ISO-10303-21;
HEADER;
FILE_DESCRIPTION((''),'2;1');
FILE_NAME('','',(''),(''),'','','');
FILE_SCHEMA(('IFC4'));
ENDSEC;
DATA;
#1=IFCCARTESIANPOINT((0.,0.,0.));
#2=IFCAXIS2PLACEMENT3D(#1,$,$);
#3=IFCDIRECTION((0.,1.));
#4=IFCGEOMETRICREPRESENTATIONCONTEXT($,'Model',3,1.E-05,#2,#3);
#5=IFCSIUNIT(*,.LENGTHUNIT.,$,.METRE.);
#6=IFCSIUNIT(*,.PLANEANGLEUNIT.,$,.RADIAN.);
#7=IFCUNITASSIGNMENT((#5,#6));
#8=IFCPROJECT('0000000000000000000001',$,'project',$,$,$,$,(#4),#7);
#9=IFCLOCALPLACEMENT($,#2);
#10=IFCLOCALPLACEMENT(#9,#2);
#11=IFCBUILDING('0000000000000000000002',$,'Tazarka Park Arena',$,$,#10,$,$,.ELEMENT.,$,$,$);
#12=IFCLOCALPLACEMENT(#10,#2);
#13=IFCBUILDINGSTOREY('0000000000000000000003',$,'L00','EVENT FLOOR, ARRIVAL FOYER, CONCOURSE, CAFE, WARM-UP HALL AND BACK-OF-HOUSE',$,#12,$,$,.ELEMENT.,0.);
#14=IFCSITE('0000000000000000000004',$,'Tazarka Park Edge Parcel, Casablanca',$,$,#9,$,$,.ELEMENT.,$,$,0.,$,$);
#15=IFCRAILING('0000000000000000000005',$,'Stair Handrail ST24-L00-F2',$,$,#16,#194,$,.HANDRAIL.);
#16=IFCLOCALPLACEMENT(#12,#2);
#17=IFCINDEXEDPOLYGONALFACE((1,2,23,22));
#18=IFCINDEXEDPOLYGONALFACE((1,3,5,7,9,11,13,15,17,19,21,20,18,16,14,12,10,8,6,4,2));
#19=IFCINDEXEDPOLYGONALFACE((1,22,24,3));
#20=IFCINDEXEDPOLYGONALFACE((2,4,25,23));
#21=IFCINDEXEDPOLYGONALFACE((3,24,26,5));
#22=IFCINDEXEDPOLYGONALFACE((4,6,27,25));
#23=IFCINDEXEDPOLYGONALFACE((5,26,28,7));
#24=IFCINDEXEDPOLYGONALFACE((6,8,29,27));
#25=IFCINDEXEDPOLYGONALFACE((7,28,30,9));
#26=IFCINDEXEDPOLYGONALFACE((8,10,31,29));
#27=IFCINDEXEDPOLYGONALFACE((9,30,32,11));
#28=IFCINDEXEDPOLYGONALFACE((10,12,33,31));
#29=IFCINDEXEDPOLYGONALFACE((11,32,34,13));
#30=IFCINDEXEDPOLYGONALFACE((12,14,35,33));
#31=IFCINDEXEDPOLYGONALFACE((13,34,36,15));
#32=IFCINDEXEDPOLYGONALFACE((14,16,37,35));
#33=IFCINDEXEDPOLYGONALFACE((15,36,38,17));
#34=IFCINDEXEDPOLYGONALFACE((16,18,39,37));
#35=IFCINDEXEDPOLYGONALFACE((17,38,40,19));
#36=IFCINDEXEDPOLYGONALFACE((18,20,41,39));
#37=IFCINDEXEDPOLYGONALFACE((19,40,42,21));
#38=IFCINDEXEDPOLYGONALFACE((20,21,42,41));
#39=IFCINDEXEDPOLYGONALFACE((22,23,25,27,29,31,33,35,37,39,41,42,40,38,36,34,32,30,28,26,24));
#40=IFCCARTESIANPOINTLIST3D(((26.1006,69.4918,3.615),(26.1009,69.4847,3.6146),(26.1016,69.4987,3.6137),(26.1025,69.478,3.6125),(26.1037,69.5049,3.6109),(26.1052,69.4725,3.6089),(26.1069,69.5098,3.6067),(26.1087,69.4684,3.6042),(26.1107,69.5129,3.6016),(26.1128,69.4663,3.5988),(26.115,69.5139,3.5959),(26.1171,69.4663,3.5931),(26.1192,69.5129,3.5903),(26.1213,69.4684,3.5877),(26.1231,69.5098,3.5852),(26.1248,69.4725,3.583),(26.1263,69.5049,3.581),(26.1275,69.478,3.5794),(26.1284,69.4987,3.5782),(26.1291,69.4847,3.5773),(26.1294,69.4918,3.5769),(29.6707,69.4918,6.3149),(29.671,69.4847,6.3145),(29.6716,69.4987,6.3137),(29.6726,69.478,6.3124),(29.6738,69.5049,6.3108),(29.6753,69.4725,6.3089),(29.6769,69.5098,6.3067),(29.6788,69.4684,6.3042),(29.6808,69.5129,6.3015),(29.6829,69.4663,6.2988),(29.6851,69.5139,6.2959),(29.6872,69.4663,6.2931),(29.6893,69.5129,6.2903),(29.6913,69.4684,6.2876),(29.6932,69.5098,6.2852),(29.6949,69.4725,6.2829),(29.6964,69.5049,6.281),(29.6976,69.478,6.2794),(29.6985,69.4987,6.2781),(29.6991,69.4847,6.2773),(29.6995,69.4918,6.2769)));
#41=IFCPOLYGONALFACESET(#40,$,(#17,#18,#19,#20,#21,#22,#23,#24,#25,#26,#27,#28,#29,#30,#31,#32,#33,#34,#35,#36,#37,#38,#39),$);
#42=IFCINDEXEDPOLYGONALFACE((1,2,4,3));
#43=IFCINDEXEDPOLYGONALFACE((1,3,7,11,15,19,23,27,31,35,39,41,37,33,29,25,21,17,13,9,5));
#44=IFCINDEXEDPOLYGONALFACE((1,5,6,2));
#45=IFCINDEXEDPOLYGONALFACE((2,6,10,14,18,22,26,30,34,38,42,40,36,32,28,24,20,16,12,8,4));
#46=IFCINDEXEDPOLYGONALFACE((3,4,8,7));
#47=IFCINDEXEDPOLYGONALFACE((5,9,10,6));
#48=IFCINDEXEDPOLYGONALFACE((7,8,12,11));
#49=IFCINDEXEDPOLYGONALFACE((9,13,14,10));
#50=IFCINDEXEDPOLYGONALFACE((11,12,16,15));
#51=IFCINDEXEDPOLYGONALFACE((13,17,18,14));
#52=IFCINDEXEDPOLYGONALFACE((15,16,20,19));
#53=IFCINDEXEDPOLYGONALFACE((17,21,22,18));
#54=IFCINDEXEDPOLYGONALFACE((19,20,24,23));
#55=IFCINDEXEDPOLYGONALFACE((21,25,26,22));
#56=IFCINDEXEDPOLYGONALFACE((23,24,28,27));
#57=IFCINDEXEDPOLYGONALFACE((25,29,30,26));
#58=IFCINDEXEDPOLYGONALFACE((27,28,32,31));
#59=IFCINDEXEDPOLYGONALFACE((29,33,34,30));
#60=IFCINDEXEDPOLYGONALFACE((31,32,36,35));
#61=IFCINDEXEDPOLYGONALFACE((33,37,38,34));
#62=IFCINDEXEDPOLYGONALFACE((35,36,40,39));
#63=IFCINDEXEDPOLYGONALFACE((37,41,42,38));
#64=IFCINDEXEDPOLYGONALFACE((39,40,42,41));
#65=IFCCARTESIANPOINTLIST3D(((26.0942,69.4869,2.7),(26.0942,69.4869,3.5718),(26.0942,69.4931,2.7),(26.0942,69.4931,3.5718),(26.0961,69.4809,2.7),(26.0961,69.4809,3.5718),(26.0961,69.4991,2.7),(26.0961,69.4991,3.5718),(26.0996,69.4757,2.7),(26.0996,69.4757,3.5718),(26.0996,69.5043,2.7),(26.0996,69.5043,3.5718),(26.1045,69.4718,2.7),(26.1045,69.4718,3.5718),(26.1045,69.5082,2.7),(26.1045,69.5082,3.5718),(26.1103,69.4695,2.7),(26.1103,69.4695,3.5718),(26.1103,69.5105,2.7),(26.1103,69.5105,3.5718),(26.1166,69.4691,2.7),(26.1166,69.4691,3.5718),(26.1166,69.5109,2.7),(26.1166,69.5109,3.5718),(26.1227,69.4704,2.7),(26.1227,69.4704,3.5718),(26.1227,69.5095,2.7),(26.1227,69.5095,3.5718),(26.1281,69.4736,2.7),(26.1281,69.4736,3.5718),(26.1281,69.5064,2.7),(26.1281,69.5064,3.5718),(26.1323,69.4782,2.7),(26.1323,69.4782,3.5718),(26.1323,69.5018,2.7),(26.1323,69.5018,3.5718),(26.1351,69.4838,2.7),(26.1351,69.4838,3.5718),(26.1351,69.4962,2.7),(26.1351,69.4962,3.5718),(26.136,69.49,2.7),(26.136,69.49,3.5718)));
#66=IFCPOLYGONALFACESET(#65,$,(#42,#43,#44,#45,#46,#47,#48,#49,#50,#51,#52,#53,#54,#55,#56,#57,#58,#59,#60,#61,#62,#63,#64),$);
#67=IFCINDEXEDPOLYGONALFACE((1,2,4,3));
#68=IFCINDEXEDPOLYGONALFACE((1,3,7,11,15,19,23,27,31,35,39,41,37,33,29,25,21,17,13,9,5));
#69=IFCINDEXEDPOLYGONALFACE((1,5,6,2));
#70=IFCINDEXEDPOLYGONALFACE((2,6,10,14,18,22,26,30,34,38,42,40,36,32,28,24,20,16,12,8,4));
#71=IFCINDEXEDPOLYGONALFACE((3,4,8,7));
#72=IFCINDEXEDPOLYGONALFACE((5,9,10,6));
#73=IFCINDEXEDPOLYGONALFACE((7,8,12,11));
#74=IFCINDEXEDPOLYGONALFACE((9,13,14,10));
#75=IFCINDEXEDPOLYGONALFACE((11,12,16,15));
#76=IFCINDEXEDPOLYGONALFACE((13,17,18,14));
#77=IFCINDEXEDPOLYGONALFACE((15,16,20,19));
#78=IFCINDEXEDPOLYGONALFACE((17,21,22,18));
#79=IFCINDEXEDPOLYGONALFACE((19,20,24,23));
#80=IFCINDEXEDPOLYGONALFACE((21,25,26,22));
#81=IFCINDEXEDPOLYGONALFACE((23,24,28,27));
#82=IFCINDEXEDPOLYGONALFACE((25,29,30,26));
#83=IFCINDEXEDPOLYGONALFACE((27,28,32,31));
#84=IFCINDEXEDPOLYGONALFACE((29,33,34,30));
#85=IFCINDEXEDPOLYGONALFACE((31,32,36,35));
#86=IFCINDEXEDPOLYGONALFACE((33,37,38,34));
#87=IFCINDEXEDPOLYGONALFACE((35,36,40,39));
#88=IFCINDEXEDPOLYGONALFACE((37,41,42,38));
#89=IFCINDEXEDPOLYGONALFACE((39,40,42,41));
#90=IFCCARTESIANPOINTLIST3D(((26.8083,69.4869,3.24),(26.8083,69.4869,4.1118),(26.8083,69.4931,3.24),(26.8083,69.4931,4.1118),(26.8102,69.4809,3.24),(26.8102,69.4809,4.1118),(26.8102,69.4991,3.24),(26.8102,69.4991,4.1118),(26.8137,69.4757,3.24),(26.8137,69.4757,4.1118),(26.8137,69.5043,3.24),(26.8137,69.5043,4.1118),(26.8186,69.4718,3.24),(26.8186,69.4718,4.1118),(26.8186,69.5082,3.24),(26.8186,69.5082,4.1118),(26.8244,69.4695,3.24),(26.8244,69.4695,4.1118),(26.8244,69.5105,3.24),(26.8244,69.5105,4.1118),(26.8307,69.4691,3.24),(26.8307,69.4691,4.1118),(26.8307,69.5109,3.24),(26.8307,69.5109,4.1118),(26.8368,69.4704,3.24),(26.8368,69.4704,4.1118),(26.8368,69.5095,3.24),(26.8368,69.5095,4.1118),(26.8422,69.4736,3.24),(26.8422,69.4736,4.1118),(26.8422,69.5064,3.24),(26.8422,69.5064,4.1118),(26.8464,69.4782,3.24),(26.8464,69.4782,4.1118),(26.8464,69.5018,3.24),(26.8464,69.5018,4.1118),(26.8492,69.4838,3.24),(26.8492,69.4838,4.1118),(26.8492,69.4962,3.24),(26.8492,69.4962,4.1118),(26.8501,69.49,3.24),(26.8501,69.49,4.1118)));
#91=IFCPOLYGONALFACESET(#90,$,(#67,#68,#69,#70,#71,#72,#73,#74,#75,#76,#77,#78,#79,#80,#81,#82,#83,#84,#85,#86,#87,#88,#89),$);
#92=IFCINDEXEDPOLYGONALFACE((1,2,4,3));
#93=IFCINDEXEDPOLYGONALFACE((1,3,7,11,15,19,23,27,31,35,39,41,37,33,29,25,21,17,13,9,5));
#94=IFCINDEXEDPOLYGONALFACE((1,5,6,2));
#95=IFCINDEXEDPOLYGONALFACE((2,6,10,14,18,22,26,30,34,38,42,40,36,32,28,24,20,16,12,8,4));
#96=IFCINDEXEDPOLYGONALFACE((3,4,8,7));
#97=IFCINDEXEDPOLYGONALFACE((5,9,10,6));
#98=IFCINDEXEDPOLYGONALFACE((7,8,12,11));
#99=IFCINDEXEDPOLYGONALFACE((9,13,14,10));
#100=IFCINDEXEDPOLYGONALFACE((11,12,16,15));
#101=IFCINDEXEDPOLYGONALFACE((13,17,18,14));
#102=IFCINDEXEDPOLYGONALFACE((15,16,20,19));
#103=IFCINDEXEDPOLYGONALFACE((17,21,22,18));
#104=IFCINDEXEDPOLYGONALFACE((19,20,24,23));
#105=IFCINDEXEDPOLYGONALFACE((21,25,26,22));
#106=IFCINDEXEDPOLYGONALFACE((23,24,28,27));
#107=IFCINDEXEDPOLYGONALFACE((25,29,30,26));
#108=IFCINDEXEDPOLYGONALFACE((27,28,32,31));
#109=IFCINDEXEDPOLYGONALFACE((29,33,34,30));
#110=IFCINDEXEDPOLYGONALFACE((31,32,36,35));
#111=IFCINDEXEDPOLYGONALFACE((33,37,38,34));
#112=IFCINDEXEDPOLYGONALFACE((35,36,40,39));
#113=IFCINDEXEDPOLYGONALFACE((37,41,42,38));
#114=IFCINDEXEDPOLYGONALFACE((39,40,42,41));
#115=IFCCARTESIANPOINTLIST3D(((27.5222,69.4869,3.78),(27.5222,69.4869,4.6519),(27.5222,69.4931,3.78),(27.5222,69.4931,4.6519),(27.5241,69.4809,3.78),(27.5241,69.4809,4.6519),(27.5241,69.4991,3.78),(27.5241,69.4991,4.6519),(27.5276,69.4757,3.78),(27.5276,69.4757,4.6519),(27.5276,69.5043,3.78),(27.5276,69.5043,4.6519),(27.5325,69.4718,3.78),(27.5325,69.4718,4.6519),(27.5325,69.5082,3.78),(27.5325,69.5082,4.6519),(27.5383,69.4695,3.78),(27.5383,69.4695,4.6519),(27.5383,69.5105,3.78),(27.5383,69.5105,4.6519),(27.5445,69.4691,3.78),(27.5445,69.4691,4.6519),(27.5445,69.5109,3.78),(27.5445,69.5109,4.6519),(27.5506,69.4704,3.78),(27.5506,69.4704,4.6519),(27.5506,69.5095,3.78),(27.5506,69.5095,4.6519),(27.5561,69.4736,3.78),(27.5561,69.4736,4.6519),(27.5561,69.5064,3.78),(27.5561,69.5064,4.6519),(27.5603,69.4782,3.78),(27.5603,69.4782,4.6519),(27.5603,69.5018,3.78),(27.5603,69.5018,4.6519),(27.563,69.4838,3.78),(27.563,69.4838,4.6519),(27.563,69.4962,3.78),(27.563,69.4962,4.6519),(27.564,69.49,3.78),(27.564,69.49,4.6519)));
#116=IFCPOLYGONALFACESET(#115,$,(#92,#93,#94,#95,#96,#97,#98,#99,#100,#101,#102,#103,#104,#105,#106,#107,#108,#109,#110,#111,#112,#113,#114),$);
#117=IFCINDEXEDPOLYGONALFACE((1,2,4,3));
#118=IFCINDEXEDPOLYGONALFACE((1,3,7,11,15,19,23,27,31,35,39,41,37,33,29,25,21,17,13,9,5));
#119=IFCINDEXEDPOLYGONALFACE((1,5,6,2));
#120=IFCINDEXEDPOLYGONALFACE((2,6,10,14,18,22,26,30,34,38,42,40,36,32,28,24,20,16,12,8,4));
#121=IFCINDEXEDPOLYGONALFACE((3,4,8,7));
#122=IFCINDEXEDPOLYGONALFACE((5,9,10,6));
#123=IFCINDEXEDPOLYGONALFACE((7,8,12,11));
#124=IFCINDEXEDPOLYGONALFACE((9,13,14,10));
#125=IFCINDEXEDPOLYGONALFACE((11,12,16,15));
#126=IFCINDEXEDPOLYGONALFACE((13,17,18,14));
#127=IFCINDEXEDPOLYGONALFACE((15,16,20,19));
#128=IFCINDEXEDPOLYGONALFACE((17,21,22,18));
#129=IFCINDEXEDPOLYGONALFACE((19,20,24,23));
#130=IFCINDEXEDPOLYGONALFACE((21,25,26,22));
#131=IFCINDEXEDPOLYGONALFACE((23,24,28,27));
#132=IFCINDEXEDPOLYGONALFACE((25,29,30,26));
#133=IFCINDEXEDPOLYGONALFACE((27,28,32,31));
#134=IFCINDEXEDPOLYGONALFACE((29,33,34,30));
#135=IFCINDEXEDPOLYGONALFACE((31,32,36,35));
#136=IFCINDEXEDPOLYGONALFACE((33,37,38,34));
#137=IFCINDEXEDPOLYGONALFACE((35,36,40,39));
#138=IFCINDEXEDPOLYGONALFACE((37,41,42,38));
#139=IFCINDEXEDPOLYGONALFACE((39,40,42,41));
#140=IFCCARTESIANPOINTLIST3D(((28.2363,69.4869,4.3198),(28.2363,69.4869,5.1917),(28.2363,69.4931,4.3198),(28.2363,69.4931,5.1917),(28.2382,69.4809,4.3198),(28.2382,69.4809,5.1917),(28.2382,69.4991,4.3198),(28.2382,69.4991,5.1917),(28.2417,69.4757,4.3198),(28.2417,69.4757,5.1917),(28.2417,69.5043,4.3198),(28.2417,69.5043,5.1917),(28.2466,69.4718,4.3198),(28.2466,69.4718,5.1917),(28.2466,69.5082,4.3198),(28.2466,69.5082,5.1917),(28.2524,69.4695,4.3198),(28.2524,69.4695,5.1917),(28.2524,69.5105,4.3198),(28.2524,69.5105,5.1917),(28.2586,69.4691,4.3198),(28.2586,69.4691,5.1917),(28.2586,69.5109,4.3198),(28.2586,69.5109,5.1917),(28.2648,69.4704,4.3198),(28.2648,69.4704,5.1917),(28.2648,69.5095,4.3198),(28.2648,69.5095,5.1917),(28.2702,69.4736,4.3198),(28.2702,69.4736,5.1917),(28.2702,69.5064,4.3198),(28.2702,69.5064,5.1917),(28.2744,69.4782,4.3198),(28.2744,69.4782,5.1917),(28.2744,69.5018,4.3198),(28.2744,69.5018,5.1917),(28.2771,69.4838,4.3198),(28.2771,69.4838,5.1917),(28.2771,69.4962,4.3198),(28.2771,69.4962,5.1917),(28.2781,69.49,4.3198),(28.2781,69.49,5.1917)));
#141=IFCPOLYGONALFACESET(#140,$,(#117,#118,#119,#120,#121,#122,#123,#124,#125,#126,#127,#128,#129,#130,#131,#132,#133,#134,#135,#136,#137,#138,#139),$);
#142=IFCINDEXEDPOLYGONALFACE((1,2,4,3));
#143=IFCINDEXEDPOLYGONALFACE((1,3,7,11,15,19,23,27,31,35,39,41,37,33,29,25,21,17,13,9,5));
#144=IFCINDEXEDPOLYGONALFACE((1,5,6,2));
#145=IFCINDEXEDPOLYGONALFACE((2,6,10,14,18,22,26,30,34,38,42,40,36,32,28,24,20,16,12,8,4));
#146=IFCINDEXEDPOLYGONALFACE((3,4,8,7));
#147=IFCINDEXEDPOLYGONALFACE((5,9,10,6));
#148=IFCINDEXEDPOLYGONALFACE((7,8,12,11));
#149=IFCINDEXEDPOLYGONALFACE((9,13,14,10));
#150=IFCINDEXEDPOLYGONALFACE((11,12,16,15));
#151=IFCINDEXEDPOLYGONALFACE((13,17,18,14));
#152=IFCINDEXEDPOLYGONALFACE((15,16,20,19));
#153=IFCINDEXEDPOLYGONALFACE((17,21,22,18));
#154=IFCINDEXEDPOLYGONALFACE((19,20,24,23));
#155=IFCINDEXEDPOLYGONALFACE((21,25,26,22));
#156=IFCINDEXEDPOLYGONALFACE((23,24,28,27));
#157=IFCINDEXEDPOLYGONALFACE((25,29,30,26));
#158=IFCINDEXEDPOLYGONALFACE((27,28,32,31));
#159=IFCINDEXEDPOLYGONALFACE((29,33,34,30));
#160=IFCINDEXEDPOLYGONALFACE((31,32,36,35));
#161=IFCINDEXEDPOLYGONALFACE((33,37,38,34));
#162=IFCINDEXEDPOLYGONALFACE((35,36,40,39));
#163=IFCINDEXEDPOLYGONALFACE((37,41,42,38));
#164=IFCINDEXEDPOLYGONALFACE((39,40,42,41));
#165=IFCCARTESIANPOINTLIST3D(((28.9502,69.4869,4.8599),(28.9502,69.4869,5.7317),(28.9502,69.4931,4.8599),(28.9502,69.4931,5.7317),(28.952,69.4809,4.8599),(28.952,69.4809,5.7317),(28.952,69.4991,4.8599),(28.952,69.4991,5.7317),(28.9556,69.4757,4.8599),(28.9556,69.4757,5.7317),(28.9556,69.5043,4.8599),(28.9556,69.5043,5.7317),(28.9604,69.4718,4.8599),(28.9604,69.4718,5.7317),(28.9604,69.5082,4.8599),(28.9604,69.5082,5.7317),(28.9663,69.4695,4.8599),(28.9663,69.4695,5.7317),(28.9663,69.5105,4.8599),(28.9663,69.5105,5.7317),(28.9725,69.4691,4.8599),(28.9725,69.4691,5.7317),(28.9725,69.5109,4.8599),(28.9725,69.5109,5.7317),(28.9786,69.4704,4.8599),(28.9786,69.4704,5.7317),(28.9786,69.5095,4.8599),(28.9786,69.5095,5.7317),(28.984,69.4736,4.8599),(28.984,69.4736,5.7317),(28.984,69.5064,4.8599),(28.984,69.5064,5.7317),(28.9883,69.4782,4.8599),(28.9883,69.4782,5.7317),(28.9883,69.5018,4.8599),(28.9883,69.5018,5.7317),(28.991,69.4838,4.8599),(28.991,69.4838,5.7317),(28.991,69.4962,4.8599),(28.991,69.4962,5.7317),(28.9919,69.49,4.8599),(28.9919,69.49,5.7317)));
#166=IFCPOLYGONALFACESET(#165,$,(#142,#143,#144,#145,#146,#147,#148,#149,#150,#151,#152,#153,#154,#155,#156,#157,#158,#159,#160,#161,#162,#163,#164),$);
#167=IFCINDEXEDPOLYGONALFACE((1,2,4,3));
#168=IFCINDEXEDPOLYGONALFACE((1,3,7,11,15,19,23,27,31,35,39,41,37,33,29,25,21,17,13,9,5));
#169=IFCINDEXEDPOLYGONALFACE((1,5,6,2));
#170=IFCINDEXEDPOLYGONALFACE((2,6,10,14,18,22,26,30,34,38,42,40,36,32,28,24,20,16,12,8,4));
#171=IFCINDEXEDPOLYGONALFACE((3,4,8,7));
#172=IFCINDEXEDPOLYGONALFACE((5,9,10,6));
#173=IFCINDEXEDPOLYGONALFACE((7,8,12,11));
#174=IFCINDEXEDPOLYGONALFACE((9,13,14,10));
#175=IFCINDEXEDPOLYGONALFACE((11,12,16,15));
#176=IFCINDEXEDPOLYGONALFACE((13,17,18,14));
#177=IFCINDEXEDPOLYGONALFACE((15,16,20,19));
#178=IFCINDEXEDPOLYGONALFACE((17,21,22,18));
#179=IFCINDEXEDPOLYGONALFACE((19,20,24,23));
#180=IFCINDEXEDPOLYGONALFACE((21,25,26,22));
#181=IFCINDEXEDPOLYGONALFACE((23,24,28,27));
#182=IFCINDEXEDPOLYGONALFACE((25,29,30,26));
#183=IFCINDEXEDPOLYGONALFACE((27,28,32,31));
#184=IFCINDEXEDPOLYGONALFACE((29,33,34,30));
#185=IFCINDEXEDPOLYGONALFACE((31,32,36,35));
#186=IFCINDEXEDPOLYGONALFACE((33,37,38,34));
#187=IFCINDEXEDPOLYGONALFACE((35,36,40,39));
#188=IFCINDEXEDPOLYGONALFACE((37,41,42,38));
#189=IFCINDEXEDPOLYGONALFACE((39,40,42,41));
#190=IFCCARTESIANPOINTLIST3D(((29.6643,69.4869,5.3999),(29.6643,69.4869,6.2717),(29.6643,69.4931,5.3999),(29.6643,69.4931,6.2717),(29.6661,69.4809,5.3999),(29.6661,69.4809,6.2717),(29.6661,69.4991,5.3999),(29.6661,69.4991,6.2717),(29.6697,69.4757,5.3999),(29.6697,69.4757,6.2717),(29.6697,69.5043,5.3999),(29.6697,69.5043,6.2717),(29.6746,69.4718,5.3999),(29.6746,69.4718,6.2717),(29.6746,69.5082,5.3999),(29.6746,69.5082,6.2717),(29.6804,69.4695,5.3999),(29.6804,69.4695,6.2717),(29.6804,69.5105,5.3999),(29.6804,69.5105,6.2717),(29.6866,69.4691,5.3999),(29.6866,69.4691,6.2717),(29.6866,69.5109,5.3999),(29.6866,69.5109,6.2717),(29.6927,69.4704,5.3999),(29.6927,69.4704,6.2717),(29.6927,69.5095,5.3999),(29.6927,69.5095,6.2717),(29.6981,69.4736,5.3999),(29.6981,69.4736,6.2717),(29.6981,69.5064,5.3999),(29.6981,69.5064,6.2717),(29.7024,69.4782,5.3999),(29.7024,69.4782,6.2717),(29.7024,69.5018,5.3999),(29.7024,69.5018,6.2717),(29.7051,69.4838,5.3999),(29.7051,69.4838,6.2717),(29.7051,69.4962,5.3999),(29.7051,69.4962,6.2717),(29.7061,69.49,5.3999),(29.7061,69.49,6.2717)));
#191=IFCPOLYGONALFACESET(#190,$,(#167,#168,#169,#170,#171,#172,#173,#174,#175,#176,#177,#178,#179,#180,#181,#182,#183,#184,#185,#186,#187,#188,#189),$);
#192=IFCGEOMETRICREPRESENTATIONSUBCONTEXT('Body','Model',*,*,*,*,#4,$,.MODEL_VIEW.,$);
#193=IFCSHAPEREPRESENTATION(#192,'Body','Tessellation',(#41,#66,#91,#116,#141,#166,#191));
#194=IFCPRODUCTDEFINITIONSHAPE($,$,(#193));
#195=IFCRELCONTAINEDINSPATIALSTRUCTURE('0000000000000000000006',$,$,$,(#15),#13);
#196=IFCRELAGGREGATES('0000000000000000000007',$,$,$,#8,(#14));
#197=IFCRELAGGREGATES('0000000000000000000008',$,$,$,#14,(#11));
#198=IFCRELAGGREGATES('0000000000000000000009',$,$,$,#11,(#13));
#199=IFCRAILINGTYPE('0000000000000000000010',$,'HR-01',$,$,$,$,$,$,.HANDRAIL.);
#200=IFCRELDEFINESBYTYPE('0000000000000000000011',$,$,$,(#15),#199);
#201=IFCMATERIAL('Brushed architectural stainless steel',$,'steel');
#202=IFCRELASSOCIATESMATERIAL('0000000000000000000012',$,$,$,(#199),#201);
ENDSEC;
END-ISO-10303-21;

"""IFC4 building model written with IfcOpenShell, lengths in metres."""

from ifc_helpers import new_model, si_unit, direction, frame, origin, origin_2d, place, context, subcontext, project, spatial, circle, extrude, material, type_object, element, save


model = new_model("IFC4")

# Units and contexts
model_context = context("Model", 3, precision=1e-05, world=origin(), true_north=direction((0.0, 1.0)))
body_context = subcontext(model_context, "Body", "Model", "MODEL_VIEW")
ifc_project = project(units=[si_unit("LENGTHUNIT", "METRE"), si_unit("PLANEANGLEUNIT", "RADIAN")], contexts=[model_context])

# Site, building, storey
site_placement = place(None, origin())
site = spatial("IfcSite", under=ifc_project, at=site_placement, Name="Tazarka Park Edge Parcel, Casablanca", CompositionType="ELEMENT", RefElevation=0.0)
building_placement = place(site_placement, origin())
building = spatial("IfcBuilding", under=site, at=building_placement, Name="Tazarka Park Arena", CompositionType="ELEMENT")
storey_placement = place(building_placement, origin())
storey = spatial("IfcBuildingStorey", under=building, at=storey_placement, Name="L00", Description="EVENT FLOOR, ARRIVAL FOYER, CONCOURSE, CAFE, WARM-UP HALL AND BACK-OF-HOUSE", CompositionType="ELEMENT", Elevation=0.0)

# Railing
ifc_material_1 = material(Name="Brushed architectural stainless steel", Category="steel")
railing_type = type_object("IfcRailingType", Name="HR-01", PredefinedType="HANDRAIL", material=ifc_material_1)
railing_placement = place(storey_placement, frame((26.115, 69.49, 2.7)))
element("IfcRailing", 1, at=railing_placement, inside=storey, type_object=railing_type, Name="Stair Handrail ST24-L00-F2", PredefinedType="HANDRAIL", context=body_context, shape_type="SweptSolid", body=[
    extrude(circle(Radius=0.0239, at=origin_2d()), frame((0.0, 0.0, 0.896), z_axis=(0.797591, 0.0, 0.603198), x_axis=(0.0, 1.0, 0.0)), (0.0, 0.0, 1.0), 4.4761),
    extrude(circle(Radius=0.021, at=origin_2d()), origin(), (0.0, 0.0, 1.0), 0.8718),
    extrude(circle(Radius=0.021, at=origin_2d()), frame((0.7141, 0.0, 0.54)), (0.0, 0.0, 1.0), 0.8718),
    extrude(circle(Radius=0.021, at=origin_2d()), frame((1.428, 0.0, 1.0801)), (0.0, 0.0, 1.0), 0.8718),
    extrude(circle(Radius=0.021, at=origin_2d()), frame((2.1421, 0.0, 1.6199)), (0.0, 0.0, 1.0), 0.8718),
    extrude(circle(Radius=0.021, at=origin_2d()), frame((2.856, 0.0, 2.1599)), (0.0, 0.0, 1.0), 0.8718),
    extrude(circle(Radius=0.021, at=origin_2d()), frame((3.5701, 0.0, 2.7)), (0.0, 0.0, 1.0), 0.8718),
])

save(model, "model.ifc")
